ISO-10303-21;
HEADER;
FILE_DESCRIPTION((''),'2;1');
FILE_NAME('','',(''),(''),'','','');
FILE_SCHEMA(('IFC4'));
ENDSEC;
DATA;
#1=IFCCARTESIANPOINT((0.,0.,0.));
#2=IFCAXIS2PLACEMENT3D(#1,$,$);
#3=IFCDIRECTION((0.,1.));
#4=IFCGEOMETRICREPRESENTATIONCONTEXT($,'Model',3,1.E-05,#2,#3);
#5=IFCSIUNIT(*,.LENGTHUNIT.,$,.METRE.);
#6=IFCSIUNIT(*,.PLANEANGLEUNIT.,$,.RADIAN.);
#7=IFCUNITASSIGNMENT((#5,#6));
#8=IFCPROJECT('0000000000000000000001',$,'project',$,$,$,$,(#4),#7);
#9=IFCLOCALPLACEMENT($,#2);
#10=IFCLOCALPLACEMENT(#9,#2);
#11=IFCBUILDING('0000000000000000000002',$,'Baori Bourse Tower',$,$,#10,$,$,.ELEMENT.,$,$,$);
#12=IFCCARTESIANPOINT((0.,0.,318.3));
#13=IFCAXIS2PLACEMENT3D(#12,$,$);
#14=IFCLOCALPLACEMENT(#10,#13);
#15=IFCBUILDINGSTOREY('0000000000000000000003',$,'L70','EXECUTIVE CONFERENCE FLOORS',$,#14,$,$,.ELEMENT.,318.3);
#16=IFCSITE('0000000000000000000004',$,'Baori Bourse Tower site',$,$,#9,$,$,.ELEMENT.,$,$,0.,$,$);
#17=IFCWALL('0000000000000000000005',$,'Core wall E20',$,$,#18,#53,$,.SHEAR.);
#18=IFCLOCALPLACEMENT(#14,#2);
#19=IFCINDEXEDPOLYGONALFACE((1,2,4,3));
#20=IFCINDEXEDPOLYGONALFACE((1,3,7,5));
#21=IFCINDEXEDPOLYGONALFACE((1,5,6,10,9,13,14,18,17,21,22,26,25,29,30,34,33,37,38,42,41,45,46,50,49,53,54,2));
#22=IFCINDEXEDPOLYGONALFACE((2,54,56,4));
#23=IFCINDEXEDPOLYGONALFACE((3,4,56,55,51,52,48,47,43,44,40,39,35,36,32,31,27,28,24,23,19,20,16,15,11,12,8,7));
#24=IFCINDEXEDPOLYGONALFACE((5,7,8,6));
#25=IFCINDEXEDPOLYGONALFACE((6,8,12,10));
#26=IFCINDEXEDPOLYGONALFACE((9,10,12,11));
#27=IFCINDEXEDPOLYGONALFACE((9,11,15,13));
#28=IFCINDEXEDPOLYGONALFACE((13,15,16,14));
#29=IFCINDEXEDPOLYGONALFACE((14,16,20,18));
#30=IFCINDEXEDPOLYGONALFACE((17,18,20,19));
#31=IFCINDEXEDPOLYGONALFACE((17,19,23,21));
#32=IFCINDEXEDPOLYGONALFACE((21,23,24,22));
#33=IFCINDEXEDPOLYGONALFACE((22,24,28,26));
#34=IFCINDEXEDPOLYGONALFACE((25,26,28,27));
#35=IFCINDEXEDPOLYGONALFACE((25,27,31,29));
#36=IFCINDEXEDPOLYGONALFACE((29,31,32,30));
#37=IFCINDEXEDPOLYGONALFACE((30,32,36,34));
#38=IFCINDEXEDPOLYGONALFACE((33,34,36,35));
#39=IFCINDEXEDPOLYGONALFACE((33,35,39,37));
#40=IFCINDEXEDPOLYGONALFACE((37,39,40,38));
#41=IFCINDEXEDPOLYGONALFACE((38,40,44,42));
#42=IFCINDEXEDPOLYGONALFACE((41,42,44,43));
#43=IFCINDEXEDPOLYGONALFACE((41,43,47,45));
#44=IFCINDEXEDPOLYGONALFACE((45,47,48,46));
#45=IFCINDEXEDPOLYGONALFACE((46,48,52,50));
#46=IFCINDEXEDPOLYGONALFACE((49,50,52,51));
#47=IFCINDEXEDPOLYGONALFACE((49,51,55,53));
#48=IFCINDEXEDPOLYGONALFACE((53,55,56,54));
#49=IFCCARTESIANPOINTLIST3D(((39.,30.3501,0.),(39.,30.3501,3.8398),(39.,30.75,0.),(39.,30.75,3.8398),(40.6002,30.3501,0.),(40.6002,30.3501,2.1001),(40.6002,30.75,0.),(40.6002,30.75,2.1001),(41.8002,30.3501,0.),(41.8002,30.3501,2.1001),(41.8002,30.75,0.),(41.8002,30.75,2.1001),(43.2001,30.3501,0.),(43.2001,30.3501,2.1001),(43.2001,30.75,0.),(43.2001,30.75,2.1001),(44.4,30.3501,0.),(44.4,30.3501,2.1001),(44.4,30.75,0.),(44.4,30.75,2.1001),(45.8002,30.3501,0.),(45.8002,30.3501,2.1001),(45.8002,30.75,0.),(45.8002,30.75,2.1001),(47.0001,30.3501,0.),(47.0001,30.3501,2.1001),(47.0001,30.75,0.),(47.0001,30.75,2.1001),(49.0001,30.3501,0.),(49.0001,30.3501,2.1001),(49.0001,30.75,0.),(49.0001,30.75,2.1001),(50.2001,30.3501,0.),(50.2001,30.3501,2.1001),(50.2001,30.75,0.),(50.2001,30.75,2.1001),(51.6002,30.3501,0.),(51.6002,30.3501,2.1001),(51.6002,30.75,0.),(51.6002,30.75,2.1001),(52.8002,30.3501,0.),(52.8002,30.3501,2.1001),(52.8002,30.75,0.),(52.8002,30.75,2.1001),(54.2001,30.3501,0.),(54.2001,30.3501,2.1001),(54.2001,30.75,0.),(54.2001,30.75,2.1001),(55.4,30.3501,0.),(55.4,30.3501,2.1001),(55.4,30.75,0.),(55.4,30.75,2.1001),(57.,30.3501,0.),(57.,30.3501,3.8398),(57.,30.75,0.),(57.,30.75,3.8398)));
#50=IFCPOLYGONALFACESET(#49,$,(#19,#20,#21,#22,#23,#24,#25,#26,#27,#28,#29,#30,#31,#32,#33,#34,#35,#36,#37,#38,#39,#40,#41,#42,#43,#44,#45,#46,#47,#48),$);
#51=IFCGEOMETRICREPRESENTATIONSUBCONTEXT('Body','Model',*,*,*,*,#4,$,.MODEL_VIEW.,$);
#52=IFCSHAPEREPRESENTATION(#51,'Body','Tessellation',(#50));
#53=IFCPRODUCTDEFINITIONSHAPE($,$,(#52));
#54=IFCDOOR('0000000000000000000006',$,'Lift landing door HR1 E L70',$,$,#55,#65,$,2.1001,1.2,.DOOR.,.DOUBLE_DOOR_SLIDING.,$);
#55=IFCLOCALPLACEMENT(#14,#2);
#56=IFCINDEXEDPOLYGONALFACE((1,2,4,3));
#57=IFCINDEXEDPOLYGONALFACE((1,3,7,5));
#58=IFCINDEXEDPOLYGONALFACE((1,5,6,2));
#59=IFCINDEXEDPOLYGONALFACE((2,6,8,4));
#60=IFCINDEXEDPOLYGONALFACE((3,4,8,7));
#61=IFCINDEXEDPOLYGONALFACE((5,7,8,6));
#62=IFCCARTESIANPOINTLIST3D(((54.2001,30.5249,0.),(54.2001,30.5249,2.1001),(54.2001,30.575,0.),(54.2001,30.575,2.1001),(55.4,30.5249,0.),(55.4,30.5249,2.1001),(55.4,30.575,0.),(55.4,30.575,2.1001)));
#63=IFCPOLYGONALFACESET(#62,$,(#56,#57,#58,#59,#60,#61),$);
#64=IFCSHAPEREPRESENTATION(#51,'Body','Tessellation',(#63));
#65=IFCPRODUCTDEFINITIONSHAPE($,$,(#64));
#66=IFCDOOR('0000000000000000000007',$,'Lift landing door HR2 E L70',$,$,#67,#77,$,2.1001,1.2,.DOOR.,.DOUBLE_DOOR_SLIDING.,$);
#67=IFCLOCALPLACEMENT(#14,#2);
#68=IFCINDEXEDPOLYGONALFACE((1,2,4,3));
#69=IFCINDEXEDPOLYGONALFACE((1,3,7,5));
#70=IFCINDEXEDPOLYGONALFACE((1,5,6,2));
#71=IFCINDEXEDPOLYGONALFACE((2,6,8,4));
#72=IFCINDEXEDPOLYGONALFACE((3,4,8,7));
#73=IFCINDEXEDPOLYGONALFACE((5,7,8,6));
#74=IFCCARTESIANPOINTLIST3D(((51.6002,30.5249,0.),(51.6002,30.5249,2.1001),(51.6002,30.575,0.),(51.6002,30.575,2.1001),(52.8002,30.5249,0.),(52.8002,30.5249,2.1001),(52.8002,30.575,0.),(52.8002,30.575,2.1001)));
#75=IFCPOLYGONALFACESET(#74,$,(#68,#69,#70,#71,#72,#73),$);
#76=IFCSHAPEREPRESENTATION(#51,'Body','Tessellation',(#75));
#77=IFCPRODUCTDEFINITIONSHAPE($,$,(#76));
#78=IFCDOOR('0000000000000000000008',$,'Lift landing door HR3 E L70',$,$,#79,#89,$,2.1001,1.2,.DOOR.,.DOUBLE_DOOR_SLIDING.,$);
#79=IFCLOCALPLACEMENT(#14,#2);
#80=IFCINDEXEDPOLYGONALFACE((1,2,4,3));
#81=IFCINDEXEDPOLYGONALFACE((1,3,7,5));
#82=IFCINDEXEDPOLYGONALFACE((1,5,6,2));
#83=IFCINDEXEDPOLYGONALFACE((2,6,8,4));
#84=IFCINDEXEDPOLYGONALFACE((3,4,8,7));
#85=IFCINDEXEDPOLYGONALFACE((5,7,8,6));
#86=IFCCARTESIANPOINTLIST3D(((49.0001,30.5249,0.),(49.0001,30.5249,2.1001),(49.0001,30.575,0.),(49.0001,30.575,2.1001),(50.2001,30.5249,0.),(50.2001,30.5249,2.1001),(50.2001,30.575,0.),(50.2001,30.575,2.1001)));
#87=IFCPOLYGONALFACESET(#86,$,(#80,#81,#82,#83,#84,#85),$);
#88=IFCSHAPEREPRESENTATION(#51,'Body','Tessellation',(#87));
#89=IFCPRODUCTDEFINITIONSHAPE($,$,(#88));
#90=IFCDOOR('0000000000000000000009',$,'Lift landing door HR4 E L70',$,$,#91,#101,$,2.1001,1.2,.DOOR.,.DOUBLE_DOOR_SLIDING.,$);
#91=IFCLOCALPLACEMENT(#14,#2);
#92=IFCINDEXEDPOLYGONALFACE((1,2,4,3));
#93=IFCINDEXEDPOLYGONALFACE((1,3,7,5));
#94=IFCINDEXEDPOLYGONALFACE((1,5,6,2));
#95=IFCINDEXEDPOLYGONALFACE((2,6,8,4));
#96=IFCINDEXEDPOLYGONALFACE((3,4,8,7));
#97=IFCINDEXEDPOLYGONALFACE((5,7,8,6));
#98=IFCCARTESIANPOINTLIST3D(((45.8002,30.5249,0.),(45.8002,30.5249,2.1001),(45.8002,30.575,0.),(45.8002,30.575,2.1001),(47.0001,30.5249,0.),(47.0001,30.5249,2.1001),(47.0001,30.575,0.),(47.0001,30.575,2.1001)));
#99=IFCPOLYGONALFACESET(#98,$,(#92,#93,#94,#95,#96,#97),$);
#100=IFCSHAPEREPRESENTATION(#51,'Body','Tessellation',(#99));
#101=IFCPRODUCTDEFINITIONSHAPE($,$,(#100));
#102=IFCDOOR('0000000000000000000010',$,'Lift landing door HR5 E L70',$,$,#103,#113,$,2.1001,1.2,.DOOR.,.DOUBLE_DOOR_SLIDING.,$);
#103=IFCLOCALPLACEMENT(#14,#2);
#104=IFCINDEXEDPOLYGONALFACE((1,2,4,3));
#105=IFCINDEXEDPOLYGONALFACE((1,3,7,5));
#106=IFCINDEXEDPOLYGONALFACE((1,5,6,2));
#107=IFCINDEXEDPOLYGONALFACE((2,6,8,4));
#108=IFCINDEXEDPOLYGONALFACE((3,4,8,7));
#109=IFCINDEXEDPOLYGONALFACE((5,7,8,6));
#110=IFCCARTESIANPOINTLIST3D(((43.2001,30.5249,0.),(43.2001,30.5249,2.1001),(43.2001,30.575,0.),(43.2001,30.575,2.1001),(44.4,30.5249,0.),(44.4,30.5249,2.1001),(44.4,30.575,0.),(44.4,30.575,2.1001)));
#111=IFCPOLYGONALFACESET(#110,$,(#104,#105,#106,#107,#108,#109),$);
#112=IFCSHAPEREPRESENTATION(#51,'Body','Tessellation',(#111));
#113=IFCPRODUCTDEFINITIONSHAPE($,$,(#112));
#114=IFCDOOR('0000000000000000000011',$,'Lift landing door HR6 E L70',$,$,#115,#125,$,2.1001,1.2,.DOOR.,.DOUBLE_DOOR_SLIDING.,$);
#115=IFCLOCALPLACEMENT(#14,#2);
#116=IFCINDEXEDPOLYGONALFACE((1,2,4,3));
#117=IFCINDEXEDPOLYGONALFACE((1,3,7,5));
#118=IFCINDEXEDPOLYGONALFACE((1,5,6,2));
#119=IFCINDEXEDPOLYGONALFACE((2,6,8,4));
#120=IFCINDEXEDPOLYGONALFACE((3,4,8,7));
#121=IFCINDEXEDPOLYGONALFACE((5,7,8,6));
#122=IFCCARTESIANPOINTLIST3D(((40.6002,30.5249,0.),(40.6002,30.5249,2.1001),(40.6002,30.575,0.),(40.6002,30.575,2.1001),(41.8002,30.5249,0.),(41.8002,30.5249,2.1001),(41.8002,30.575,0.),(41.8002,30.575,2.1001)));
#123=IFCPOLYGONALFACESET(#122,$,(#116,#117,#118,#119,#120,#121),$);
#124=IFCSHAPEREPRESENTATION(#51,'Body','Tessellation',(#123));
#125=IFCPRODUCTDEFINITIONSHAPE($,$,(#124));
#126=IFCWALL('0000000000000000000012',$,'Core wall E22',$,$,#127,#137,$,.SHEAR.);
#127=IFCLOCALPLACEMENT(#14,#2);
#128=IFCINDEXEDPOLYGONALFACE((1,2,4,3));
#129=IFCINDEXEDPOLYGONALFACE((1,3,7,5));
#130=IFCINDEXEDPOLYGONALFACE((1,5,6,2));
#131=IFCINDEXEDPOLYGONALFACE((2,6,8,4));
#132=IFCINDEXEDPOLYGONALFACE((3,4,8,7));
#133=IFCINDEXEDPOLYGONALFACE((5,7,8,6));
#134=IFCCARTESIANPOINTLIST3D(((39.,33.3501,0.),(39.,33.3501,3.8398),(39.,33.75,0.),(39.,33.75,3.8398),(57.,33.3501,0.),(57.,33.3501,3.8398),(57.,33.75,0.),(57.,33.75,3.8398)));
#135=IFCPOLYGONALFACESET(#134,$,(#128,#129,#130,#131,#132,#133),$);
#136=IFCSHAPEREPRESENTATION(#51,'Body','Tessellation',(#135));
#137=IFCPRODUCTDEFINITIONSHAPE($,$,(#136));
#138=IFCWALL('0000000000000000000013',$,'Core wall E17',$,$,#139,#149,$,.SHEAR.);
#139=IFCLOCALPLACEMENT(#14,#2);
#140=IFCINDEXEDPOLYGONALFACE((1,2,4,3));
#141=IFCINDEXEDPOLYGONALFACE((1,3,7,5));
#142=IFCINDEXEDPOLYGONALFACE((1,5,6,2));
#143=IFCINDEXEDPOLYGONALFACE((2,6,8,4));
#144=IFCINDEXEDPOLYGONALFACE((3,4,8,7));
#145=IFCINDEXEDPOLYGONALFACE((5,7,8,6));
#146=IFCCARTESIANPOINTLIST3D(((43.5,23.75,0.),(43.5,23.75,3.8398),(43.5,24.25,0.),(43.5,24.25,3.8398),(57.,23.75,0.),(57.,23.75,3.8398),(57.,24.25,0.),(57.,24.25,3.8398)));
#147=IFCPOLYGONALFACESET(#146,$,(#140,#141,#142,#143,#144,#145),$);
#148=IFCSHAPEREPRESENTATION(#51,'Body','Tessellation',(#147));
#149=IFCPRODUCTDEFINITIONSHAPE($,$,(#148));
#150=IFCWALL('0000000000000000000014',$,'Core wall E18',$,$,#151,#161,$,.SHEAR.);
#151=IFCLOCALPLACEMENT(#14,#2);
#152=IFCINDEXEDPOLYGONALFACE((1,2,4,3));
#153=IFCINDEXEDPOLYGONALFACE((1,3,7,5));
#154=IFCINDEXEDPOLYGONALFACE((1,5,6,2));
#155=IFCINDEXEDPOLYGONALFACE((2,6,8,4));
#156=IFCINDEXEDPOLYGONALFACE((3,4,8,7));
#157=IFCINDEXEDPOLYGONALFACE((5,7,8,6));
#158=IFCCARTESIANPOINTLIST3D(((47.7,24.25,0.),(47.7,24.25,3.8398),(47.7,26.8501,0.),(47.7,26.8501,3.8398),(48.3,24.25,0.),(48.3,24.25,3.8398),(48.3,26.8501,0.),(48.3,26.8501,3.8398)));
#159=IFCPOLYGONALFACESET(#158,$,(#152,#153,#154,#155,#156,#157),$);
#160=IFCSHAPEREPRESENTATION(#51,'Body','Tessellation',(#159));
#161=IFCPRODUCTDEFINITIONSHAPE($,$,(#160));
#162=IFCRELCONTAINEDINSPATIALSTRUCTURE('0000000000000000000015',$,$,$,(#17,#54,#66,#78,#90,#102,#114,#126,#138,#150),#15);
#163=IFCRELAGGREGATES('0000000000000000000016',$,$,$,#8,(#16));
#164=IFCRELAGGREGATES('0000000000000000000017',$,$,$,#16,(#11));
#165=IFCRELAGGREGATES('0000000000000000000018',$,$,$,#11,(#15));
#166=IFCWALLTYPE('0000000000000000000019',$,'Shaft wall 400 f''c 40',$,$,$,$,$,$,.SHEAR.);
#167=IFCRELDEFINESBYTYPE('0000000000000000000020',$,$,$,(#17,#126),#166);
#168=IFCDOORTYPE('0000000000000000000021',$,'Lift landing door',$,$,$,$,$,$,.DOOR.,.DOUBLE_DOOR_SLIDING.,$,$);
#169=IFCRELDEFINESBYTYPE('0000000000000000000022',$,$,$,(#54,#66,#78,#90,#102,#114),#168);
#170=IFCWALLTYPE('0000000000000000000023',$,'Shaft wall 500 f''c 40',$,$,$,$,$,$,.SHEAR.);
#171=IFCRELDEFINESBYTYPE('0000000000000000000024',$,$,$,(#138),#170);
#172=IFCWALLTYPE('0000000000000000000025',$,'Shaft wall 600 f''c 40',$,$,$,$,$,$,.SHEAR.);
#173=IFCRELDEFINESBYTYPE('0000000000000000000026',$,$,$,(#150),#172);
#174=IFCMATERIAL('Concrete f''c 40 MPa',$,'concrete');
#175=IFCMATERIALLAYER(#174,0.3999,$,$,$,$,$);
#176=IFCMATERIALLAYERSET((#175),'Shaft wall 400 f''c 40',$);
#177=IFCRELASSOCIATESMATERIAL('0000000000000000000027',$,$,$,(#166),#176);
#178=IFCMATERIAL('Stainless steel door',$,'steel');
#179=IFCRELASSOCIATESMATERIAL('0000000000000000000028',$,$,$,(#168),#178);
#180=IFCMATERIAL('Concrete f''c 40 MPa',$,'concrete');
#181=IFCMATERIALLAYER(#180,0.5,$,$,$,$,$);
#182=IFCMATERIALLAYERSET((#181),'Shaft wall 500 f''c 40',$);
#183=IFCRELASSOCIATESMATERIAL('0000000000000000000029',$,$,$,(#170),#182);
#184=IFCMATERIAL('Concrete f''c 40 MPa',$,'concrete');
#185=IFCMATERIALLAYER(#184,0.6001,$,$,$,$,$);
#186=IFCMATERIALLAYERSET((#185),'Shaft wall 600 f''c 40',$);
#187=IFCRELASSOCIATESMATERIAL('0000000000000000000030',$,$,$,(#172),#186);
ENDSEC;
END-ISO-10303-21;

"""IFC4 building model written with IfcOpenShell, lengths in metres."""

from ifc_helpers import new_model, si_unit, direction, frame, frame_2d, origin, place, context, subcontext, project, spatial, rectangle, extrude, material, layer, layer_set, type_object, element, fill, save


model = new_model("IFC4")

# Units and contexts
model_context = context("Model", 3, precision=1e-05, world=origin(), true_north=direction((0.0, 1.0)))
body_context = subcontext(model_context, "Body", "Model", "MODEL_VIEW")
ifc_project = project(units=[si_unit("LENGTHUNIT", "METRE"), si_unit("PLANEANGLEUNIT", "RADIAN")], contexts=[model_context])

# Site, building, storey
site_placement = place(None, origin())
site = spatial("IfcSite", under=ifc_project, at=site_placement, Name="Baori Bourse Tower site", CompositionType="ELEMENT", RefElevation=0.0)
building_placement = place(site_placement, origin())
building = spatial("IfcBuilding", under=site, at=building_placement, Name="Baori Bourse Tower", CompositionType="ELEMENT")
storey_placement = place(building_placement, frame((0.0, 0.0, 318.3)))
storey = spatial("IfcBuildingStorey", under=building, at=storey_placement, Name="L70", Description="EXECUTIVE CONFERENCE FLOORS", CompositionType="ELEMENT", Elevation=318.3)

# Wall, openings, doors
ifc_material_1 = material(Name="Concrete f'c 40 MPa", Category="concrete")
ifc_layer_1 = layer(ifc_material_1, 0.3999)
ifc_layer_set_1 = layer_set([ifc_layer_1], Name="Shaft wall 400 f'c 40")
wall_type_1 = type_object("IfcWallType", Name="Shaft wall 400 f'c 40", PredefinedType="SHEAR", material=ifc_layer_set_1)
ifc_material_2 = material(Name="Stainless steel door", Category="steel")
door_type_1 = type_object("IfcDoorType", Name="Lift landing door", OperationType="DOUBLE_DOOR_SLIDING", PredefinedType="DOOR", material=ifc_material_2)
wall_1_placement = place(storey_placement, frame((39.0, 30.55, 0.0), z_axis=(0.0, 0.0, 1.0), x_axis=(1.0, 0.0, 0.0)))
wall_1 = element("IfcWall", 1, at=wall_1_placement, inside=storey, type_object=wall_type_1, Name="Core wall E20", PredefinedType="SHEAR", context=body_context, shape_type="SweptSolid", body=[
    extrude(rectangle(XDim=18.0, YDim=0.3999, at=frame_2d((9.0, 0.0))), origin(), (0.0, 0.0, 1.0), 3.8398),
])
opening_1_placement = place(wall_1_placement, frame((15.2, 0.0, 0.0)))
opening_1 = element("IfcOpeningElement", 2, at=opening_1_placement, cuts=wall_1, PredefinedType="OPENING", context=body_context, shape_type="SweptSolid", body=[
    extrude(rectangle(XDim=1.2, YDim=2.1001, at=frame_2d((0.6001, 1.05))), frame((0.0, 0.21, 0.0), z_axis=(0.0, -1.0, 0.0), x_axis=(1.0, 0.0, 0.0)), (0.0, 0.0, 1.0), 0.4199),
])
opening_2_placement = place(wall_1_placement, frame((12.6001, 0.0, 0.0)))
opening_2 = element("IfcOpeningElement", 3, at=opening_2_placement, cuts=wall_1, PredefinedType="OPENING", context=body_context, shape_type="SweptSolid", body=[
    extrude(rectangle(XDim=1.2, YDim=2.1001, at=frame_2d((0.6001, 1.05))), frame((0.0, 0.21, 0.0), z_axis=(0.0, -1.0, 0.0), x_axis=(1.0, 0.0, 0.0)), (0.0, 0.0, 1.0), 0.4199),
])
opening_3_placement = place(wall_1_placement, frame((10.0, 0.0, 0.0)))
opening_3 = element("IfcOpeningElement", 4, at=opening_3_placement, cuts=wall_1, PredefinedType="OPENING", context=body_context, shape_type="SweptSolid", body=[
    extrude(rectangle(XDim=1.2, YDim=2.1001, at=frame_2d((0.6001, 1.05))), frame((0.0, 0.21, 0.0), z_axis=(0.0, -1.0, 0.0), x_axis=(1.0, 0.0, 0.0)), (0.0, 0.0, 1.0), 0.4199),
])
opening_4_placement = place(wall_1_placement, frame((6.8, 0.0, 0.0)))
opening_4 = element("IfcOpeningElement", 5, at=opening_4_placement, cuts=wall_1, PredefinedType="OPENING", context=body_context, shape_type="SweptSolid", body=[
    extrude(rectangle(XDim=1.2, YDim=2.1001, at=frame_2d((0.6001, 1.05))), frame((0.0, 0.21, 0.0), z_axis=(0.0, -1.0, 0.0), x_axis=(1.0, 0.0, 0.0)), (0.0, 0.0, 1.0), 0.4199),
])
opening_5_placement = place(wall_1_placement, frame((4.2, 0.0, 0.0)))
opening_5 = element("IfcOpeningElement", 6, at=opening_5_placement, cuts=wall_1, PredefinedType="OPENING", context=body_context, shape_type="SweptSolid", body=[
    extrude(rectangle(XDim=1.2, YDim=2.1001, at=frame_2d((0.6001, 1.05))), frame((0.0, 0.21, 0.0), z_axis=(0.0, -1.0, 0.0), x_axis=(1.0, 0.0, 0.0)), (0.0, 0.0, 1.0), 0.4199),
])
opening_6_placement = place(wall_1_placement, frame((1.6001, 0.0, 0.0)))
opening_6 = element("IfcOpeningElement", 7, at=opening_6_placement, cuts=wall_1, PredefinedType="OPENING", context=body_context, shape_type="SweptSolid", body=[
    extrude(rectangle(XDim=1.2, YDim=2.1001, at=frame_2d((0.6001, 1.05))), frame((0.0, 0.21, 0.0), z_axis=(0.0, -1.0, 0.0), x_axis=(1.0, 0.0, 0.0)), (0.0, 0.0, 1.0), 0.4199),
])
door_1_placement = place(opening_1_placement, origin())
door_1 = element("IfcDoor", 8, at=door_1_placement, inside=storey, type_object=door_type_1, Name="Lift landing door HR1 E L70", OperationType="DOUBLE_DOOR_SLIDING", OverallHeight=2.1001, OverallWidth=1.2, PredefinedType="DOOR", context=body_context, shape_type="SweptSolid", body=[
    extrude(rectangle(XDim=1.2, YDim=2.1001, at=frame_2d((0.6001, 1.05))), frame((0.0, 0.0249, 0.0), z_axis=(0.0, -1.0, 0.0), x_axis=(1.0, 0.0, 0.0)), (0.0, 0.0, 1.0), 0.05),
])
fill(opening_1, door_1)
door_2_placement = place(opening_2_placement, origin())
door_2 = element("IfcDoor", 9, at=door_2_placement, inside=storey, type_object=door_type_1, Name="Lift landing door HR2 E L70", OperationType="DOUBLE_DOOR_SLIDING", OverallHeight=2.1001, OverallWidth=1.2, PredefinedType="DOOR", context=body_context, shape_type="SweptSolid", body=[
    extrude(rectangle(XDim=1.2, YDim=2.1001, at=frame_2d((0.6001, 1.05))), frame((0.0, 0.0249, 0.0), z_axis=(0.0, -1.0, 0.0), x_axis=(1.0, 0.0, 0.0)), (0.0, 0.0, 1.0), 0.05),
])
fill(opening_2, door_2)
door_3_placement = place(opening_3_placement, origin())
door_3 = element("IfcDoor", 10, at=door_3_placement, inside=storey, type_object=door_type_1, Name="Lift landing door HR3 E L70", OperationType="DOUBLE_DOOR_SLIDING", OverallHeight=2.1001, OverallWidth=1.2, PredefinedType="DOOR", context=body_context, shape_type="SweptSolid", body=[
    extrude(rectangle(XDim=1.2, YDim=2.1001, at=frame_2d((0.6001, 1.05))), frame((0.0, 0.0249, 0.0), z_axis=(0.0, -1.0, 0.0), x_axis=(1.0, 0.0, 0.0)), (0.0, 0.0, 1.0), 0.05),
])
fill(opening_3, door_3)
door_4_placement = place(opening_4_placement, origin())
door_4 = element("IfcDoor", 11, at=door_4_placement, inside=storey, type_object=door_type_1, Name="Lift landing door HR4 E L70", OperationType="DOUBLE_DOOR_SLIDING", OverallHeight=2.1001, OverallWidth=1.2, PredefinedType="DOOR", context=body_context, shape_type="SweptSolid", body=[
    extrude(rectangle(XDim=1.2, YDim=2.1001, at=frame_2d((0.6001, 1.05))), frame((0.0, 0.0249, 0.0), z_axis=(0.0, -1.0, 0.0), x_axis=(1.0, 0.0, 0.0)), (0.0, 0.0, 1.0), 0.05),
])
fill(opening_4, door_4)
door_5_placement = place(opening_5_placement, origin())
door_5 = element("IfcDoor", 12, at=door_5_placement, inside=storey, type_object=door_type_1, Name="Lift landing door HR5 E L70", OperationType="DOUBLE_DOOR_SLIDING", OverallHeight=2.1001, OverallWidth=1.2, PredefinedType="DOOR", context=body_context, shape_type="SweptSolid", body=[
    extrude(rectangle(XDim=1.2, YDim=2.1001, at=frame_2d((0.6001, 1.05))), frame((0.0, 0.0249, 0.0), z_axis=(0.0, -1.0, 0.0), x_axis=(1.0, 0.0, 0.0)), (0.0, 0.0, 1.0), 0.05),
])
fill(opening_5, door_5)
door_6_placement = place(opening_6_placement, origin())
door_6 = element("IfcDoor", 13, at=door_6_placement, inside=storey, type_object=door_type_1, Name="Lift landing door HR6 E L70", OperationType="DOUBLE_DOOR_SLIDING", OverallHeight=2.1001, OverallWidth=1.2, PredefinedType="DOOR", context=body_context, shape_type="SweptSolid", body=[
    extrude(rectangle(XDim=1.2, YDim=2.1001, at=frame_2d((0.6001, 1.05))), frame((0.0, 0.0249, 0.0), z_axis=(0.0, -1.0, 0.0), x_axis=(1.0, 0.0, 0.0)), (0.0, 0.0, 1.0), 0.05),
])
fill(opening_6, door_6)

# Walls
wall_2_placement = place(storey_placement, frame((39.0, 33.55, 0.0), z_axis=(0.0, 0.0, 1.0), x_axis=(1.0, 0.0, 0.0)))
element("IfcWall", 14, at=wall_2_placement, inside=storey, type_object=wall_type_1, Name="Core wall E22", PredefinedType="SHEAR", context=body_context, shape_type="SweptSolid", body=[
    extrude(rectangle(XDim=18.0, YDim=0.3999, at=frame_2d((9.0, 0.0))), origin(), (0.0, 0.0, 1.0), 3.8398),
])
ifc_material_3 = material(Name="Concrete f'c 40 MPa", Category="concrete")
ifc_layer_2 = layer(ifc_material_3, 0.5)
ifc_layer_set_2 = layer_set([ifc_layer_2], Name="Shaft wall 500 f'c 40")
wall_type_2 = type_object("IfcWallType", Name="Shaft wall 500 f'c 40", PredefinedType="SHEAR", material=ifc_layer_set_2)
wall_3_placement = place(storey_placement, frame((43.5, 24.0, 0.0), z_axis=(0.0, 0.0, 1.0), x_axis=(1.0, 0.0, 0.0)))
element("IfcWall", 15, at=wall_3_placement, inside=storey, type_object=wall_type_2, Name="Core wall E17", PredefinedType="SHEAR", context=body_context, shape_type="SweptSolid", body=[
    extrude(rectangle(XDim=13.5, YDim=0.5, at=frame_2d((6.75, 0.0))), origin(), (0.0, 0.0, 1.0), 3.8398),
])
ifc_material_4 = material(Name="Concrete f'c 40 MPa", Category="concrete")
ifc_layer_3 = layer(ifc_material_4, 0.6001)
ifc_layer_set_3 = layer_set([ifc_layer_3], Name="Shaft wall 600 f'c 40")
wall_type_3 = type_object("IfcWallType", Name="Shaft wall 600 f'c 40", PredefinedType="SHEAR", material=ifc_layer_set_3)
for number, where, z_axis, x_axis, name in (
    (16, (48.0, 24.25, 0.0), (0.0, 0.0, 1.0), (0.0, 1.0, 0.0), "Core wall E18"),
):
    element("IfcWall", number, at=place(storey_placement, frame(where, z_axis=z_axis, x_axis=x_axis)), inside=storey, type_object=wall_type_3, Name=name, PredefinedType="SHEAR", context=body_context, shape_type="SweptSolid", body=[
        extrude(rectangle(XDim=2.6001, YDim=0.6001, at=frame_2d((1.3, 0.0))), origin(), (0.0, 0.0, 1.0), 3.8398),
    ])

save(model, "model.ifc")
